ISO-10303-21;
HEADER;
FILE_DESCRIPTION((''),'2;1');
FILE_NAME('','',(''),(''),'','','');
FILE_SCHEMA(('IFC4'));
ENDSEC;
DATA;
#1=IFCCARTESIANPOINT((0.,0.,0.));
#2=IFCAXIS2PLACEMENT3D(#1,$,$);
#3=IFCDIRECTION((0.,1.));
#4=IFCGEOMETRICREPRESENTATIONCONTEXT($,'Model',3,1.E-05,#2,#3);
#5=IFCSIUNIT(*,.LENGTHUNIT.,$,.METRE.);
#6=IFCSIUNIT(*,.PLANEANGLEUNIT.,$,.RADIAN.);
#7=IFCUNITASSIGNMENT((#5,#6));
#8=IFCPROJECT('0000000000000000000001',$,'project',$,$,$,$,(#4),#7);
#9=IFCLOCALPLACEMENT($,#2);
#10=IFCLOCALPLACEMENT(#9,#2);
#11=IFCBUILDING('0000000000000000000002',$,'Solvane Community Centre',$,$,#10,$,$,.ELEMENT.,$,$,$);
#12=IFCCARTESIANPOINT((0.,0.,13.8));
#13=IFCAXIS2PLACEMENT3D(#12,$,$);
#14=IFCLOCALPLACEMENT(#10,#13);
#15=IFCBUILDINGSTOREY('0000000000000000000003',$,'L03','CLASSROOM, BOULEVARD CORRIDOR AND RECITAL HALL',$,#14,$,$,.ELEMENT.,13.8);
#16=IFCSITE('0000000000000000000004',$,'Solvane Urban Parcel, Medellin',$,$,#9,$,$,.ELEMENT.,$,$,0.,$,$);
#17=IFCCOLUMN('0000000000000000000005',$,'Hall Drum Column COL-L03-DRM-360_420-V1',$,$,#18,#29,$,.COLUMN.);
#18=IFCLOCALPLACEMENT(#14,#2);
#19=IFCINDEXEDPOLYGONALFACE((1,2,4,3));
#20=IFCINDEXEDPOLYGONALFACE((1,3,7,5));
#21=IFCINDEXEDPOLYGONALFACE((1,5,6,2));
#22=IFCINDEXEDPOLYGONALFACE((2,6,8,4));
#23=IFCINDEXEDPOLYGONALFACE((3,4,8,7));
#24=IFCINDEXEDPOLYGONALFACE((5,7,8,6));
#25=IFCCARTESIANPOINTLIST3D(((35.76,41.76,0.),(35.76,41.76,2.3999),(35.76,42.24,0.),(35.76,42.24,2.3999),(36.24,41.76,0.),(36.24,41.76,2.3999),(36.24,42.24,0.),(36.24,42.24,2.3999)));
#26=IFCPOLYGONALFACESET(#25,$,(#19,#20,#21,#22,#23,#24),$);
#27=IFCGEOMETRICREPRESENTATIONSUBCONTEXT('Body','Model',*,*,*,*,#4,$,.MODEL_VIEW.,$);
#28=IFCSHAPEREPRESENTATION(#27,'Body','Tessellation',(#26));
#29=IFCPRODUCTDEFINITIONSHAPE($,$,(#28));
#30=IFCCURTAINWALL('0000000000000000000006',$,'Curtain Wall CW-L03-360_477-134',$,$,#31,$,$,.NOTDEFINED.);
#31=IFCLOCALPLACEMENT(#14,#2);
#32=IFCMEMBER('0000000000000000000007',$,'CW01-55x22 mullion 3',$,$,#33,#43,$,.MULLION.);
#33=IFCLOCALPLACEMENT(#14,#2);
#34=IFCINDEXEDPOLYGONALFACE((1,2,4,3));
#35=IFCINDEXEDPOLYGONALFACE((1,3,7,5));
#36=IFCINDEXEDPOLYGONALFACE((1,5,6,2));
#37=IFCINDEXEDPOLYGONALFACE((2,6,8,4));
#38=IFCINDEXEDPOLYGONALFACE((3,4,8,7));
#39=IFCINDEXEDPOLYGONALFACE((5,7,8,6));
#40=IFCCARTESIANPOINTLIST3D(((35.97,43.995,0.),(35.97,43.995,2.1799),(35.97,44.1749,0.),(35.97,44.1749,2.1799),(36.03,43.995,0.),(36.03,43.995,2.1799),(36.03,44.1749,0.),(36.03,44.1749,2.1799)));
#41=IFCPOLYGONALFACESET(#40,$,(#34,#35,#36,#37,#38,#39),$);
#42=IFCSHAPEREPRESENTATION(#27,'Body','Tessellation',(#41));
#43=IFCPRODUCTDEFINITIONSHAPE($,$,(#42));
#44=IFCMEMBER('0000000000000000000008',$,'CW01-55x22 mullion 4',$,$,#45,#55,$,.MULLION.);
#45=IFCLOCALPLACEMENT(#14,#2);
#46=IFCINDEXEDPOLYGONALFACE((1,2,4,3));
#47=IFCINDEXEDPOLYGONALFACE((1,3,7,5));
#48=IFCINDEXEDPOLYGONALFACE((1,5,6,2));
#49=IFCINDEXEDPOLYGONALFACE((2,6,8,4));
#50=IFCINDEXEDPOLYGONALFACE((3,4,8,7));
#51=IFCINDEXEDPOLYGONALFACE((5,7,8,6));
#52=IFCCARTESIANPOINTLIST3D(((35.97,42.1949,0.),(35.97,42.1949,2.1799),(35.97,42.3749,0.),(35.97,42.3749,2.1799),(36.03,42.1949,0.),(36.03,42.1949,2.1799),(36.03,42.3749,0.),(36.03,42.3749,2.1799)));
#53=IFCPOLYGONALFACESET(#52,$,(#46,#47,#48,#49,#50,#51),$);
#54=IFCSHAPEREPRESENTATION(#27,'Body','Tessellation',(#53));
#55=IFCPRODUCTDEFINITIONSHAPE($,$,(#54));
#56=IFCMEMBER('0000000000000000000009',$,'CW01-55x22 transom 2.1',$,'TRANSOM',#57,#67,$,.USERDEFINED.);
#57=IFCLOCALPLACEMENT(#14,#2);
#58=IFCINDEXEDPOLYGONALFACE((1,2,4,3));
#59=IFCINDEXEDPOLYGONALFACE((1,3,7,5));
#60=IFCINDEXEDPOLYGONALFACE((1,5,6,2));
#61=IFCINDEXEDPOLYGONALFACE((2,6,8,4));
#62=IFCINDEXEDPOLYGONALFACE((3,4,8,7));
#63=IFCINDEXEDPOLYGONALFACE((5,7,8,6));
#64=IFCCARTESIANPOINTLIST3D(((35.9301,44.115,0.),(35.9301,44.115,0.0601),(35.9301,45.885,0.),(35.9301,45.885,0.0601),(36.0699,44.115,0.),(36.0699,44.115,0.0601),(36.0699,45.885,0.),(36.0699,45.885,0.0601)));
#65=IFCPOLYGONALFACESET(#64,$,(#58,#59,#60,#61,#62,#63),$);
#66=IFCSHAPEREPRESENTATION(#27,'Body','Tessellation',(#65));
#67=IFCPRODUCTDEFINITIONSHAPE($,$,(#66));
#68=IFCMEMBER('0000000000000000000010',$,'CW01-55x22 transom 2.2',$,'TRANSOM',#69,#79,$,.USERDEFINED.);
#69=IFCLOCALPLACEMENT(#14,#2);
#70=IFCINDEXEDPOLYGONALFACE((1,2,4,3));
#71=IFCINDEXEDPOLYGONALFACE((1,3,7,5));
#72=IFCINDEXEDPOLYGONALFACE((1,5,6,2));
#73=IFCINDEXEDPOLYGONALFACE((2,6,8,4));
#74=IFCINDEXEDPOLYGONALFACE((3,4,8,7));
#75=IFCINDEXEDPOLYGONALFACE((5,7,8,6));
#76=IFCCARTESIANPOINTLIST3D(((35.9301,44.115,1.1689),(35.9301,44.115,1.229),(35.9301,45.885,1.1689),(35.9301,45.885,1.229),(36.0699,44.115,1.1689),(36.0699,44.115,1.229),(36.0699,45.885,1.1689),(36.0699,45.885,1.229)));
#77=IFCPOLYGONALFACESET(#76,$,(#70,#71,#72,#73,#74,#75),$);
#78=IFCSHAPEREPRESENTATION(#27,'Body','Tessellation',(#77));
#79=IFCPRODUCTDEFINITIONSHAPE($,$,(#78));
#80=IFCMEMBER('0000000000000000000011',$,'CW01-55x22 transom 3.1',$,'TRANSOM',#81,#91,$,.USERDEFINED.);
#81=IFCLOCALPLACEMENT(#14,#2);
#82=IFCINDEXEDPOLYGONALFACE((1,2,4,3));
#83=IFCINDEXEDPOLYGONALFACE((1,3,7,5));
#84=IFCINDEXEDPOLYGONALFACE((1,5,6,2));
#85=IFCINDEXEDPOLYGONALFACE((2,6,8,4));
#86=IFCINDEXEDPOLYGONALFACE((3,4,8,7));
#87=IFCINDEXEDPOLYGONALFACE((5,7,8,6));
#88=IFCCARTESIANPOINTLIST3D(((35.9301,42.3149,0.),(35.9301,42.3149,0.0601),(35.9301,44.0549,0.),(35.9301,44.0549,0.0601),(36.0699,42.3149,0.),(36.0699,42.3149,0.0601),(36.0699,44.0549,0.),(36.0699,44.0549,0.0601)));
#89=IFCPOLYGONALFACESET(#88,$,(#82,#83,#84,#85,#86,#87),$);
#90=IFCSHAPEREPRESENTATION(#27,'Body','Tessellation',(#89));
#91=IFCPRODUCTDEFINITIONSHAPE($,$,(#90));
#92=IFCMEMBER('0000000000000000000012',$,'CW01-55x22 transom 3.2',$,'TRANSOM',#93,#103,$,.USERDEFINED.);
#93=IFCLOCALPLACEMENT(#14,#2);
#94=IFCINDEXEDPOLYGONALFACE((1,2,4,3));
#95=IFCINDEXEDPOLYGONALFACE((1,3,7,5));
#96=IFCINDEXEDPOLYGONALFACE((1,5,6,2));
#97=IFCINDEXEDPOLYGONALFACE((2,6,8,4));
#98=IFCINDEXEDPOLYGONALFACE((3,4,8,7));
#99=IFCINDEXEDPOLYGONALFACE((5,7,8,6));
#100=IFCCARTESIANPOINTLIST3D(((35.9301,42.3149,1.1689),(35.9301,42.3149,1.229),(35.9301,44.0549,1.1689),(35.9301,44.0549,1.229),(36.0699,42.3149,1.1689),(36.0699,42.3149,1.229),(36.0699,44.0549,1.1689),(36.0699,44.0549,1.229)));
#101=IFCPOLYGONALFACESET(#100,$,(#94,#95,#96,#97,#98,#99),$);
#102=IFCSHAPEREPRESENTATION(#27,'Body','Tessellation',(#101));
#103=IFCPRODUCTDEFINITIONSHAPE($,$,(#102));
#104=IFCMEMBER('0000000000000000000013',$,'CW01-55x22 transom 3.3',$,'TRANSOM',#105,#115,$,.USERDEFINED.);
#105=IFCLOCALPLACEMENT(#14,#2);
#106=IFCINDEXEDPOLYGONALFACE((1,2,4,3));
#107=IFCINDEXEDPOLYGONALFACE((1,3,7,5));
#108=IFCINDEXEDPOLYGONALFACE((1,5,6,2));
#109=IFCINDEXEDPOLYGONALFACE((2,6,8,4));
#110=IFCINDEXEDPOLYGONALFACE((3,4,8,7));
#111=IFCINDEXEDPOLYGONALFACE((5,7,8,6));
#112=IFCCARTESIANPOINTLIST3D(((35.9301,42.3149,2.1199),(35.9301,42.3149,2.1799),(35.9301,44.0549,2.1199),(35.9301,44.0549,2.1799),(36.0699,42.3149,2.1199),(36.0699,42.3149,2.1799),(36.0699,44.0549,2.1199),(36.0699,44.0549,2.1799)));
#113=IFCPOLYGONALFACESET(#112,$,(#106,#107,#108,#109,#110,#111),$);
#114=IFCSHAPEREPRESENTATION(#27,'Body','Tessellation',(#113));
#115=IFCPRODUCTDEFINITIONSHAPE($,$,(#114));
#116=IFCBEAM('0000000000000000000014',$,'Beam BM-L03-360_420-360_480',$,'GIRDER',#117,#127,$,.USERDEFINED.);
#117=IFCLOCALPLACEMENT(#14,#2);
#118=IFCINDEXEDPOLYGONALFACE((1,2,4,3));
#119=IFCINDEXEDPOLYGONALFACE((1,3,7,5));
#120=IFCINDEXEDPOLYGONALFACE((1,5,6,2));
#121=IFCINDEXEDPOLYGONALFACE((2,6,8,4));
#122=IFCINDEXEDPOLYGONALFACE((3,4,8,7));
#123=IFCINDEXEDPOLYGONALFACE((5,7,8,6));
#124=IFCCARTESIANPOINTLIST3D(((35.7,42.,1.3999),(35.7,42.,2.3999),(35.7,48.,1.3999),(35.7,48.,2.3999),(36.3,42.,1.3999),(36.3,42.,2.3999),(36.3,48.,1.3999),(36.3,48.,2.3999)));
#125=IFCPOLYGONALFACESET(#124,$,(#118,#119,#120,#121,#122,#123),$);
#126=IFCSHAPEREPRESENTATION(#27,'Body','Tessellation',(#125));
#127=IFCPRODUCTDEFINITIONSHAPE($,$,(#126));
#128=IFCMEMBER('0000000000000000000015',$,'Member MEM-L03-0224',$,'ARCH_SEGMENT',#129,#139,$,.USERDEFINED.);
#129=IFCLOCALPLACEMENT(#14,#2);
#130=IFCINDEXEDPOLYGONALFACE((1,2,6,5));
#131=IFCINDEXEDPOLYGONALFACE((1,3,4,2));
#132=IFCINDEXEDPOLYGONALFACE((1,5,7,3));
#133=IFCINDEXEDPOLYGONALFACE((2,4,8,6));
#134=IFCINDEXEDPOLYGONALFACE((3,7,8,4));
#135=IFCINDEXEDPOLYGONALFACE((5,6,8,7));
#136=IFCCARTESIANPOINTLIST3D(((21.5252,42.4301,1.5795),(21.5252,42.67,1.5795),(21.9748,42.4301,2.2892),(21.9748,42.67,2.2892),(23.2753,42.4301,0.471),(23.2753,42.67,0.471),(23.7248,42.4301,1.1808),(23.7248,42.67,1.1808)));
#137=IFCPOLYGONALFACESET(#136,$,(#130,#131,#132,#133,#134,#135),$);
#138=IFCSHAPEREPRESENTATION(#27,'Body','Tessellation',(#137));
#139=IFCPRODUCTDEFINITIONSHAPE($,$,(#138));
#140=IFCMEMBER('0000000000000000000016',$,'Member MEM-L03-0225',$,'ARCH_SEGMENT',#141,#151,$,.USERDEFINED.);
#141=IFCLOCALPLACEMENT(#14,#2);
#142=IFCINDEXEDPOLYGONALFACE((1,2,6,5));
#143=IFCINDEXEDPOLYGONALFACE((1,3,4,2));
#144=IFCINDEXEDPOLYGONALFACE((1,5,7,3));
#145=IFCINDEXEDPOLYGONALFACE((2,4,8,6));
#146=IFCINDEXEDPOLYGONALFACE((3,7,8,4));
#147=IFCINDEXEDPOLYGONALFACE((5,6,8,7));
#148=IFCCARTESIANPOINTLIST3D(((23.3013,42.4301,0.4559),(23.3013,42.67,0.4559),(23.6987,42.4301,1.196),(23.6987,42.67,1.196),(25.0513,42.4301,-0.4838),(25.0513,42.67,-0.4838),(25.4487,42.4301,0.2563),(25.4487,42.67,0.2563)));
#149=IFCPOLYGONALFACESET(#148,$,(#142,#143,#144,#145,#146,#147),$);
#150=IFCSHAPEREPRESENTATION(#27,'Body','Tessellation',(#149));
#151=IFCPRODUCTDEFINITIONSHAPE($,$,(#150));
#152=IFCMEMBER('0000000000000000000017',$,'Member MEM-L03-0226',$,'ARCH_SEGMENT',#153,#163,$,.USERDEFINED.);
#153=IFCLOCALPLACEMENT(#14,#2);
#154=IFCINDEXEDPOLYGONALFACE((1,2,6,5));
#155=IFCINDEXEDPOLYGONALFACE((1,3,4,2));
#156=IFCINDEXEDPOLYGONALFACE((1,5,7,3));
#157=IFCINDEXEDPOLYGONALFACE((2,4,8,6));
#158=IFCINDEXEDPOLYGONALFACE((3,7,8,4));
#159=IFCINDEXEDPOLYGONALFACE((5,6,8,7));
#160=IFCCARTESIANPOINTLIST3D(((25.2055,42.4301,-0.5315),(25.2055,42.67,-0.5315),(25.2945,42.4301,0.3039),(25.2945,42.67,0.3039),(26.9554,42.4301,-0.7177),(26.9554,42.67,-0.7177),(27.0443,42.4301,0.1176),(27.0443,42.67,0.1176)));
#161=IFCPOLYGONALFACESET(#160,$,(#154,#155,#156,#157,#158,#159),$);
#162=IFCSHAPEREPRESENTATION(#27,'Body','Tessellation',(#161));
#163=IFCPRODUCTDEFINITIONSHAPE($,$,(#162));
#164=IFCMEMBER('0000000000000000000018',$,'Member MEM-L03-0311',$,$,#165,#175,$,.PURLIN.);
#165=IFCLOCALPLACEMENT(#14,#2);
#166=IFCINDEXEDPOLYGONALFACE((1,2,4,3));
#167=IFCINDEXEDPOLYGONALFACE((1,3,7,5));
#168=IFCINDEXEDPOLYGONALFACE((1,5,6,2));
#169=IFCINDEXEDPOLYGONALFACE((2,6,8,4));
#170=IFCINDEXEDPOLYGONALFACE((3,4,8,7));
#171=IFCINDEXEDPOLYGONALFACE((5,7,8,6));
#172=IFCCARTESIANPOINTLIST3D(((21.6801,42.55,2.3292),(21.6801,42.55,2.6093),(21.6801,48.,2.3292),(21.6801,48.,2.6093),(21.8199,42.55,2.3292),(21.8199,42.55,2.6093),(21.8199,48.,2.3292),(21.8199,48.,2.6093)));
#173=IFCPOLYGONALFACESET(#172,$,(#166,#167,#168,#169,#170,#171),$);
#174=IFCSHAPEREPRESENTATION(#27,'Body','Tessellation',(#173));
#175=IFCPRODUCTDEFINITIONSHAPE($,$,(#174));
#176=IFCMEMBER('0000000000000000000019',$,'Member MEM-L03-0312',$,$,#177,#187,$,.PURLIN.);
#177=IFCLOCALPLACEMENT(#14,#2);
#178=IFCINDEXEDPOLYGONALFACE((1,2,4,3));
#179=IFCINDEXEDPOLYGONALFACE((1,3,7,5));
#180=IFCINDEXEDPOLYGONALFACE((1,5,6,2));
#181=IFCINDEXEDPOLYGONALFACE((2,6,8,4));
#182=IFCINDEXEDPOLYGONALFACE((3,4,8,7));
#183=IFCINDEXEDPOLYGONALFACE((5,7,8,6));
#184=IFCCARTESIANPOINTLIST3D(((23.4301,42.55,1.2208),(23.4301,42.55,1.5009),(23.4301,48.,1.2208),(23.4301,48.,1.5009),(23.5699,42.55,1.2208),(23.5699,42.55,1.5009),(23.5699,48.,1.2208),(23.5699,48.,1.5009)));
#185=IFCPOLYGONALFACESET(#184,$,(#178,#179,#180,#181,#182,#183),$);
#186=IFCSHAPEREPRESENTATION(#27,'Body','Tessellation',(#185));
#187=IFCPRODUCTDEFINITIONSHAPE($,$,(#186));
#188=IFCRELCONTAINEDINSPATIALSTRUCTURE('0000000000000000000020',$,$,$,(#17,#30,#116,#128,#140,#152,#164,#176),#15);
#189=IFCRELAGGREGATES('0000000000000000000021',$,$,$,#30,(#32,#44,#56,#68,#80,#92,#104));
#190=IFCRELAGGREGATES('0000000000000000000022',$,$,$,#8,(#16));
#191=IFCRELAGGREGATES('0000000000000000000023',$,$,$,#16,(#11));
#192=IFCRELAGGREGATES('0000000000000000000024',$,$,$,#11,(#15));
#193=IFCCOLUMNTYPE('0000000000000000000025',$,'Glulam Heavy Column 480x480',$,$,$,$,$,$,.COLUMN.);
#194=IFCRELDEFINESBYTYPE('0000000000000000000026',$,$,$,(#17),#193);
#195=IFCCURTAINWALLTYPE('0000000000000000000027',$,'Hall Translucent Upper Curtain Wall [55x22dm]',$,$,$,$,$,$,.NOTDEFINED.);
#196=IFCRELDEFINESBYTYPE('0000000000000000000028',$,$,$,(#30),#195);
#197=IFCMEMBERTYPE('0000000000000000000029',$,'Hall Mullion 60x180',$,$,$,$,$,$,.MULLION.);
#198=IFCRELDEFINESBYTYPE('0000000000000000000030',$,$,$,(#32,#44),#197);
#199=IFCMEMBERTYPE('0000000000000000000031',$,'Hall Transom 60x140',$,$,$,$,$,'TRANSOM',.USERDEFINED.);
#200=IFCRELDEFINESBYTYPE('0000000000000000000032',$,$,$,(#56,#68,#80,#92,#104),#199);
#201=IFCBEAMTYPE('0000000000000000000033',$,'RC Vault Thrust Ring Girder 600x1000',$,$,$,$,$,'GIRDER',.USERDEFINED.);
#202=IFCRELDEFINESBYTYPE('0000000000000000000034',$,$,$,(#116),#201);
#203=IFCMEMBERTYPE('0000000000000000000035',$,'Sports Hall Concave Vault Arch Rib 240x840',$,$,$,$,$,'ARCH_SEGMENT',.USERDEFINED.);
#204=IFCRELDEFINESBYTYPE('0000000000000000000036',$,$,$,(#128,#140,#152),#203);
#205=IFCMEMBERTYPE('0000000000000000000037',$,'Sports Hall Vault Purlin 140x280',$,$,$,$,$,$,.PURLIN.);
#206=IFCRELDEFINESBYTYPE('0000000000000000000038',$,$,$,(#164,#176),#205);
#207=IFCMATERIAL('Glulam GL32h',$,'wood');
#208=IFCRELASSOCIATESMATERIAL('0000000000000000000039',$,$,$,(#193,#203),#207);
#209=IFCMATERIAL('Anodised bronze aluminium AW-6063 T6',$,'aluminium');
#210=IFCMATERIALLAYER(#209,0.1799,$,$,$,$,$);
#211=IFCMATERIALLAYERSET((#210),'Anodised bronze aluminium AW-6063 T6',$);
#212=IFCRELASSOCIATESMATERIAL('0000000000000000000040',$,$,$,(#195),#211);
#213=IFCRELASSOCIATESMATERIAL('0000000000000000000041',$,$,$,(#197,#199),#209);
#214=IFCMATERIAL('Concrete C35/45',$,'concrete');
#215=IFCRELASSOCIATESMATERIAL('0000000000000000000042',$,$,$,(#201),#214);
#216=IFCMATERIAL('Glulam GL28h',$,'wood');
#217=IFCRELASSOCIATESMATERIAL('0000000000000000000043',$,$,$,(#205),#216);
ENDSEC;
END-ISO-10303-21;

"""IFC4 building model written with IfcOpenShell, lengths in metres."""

from ifc_helpers import new_model, si_unit, direction, frame, origin, origin_2d, place, context, subcontext, project, spatial, rectangle, extrude, material, layer, layer_set, material_profile, profile_set, type_object, element, aggregate, save


model = new_model("IFC4")

# Units and contexts
model_context = context("Model", 3, precision=1e-05, world=origin(), true_north=direction((0.0, 1.0)))
body_context = subcontext(model_context, "Body", "Model", "MODEL_VIEW")
ifc_project = project(units=[si_unit("LENGTHUNIT", "METRE"), si_unit("PLANEANGLEUNIT", "RADIAN")], contexts=[model_context])

# Site, building, storey
site_placement = place(None, origin())
site = spatial("IfcSite", under=ifc_project, at=site_placement, Name="Solvane Urban Parcel, Medellin", CompositionType="ELEMENT", RefElevation=0.0)
building_placement = place(site_placement, origin())
building = spatial("IfcBuilding", under=site, at=building_placement, Name="Solvane Community Centre", CompositionType="ELEMENT")
storey_placement = place(building_placement, frame((0.0, 0.0, 13.8)))
storey = spatial("IfcBuildingStorey", under=building, at=storey_placement, Name="L03", Description="CLASSROOM, BOULEVARD CORRIDOR AND RECITAL HALL", CompositionType="ELEMENT", Elevation=13.8)

# Column
ifc_material_1 = material(Name="Glulam GL32h", Category="wood")
ifc_material_profile_1 = material_profile(ifc_material_1, rectangle(XDim=0.48, YDim=0.48, at=origin_2d()), Name="GL32h 480x480")
ifc_profile_set_1 = profile_set([ifc_material_profile_1], Name="Glulam GL32h")
column_type = type_object("IfcColumnType", Name="Glulam Heavy Column 480x480", PredefinedType="COLUMN", material=ifc_profile_set_1)
column_placement = place(storey_placement, frame((36.0, 42.0, 0.0), z_axis=(0.0, 0.0, 1.0), x_axis=(1.0, 0.0, 0.0)))
element("IfcColumn", 1, at=column_placement, inside=storey, type_object=column_type, Name="Hall Drum Column COL-L03-DRM-360_420-V1", PredefinedType="COLUMN", context=body_context, shape_type="SweptSolid", body=[
    extrude(rectangle(XDim=0.48, YDim=0.48, at=origin_2d()), origin(), (0.0, 0.0, 1.0), 2.3999),
])

# Curtain wall, members
ifc_material_2 = material(Name="Anodised bronze aluminium AW-6063 T6", Category="aluminium")
ifc_layer_1 = layer(ifc_material_2, 0.1799)
ifc_layer_set_1 = layer_set([ifc_layer_1], Name="Anodised bronze aluminium AW-6063 T6")
curtain_wall_type = type_object("IfcCurtainWallType", Name="Hall Translucent Upper Curtain Wall [55x22dm]", PredefinedType="NOTDEFINED", material=ifc_layer_set_1)
curtain_wall_placement = place(storey_placement, origin())
curtain_wall = element("IfcCurtainWall", 2, at=curtain_wall_placement, inside=storey, type_object=curtain_wall_type, Name="Curtain Wall CW-L03-360_477-134", PredefinedType="NOTDEFINED")
ifc_material_profile_2 = material_profile(ifc_material_2, rectangle(XDim=0.0601, YDim=0.1799, at=origin_2d()), Name="CW-M 60x180")
ifc_profile_set_2 = profile_set([ifc_material_profile_2], Name="Anodised bronze aluminium AW-6063 T6")
member_type_1 = type_object("IfcMemberType", Name="Hall Mullion 60x180", PredefinedType="MULLION", material=ifc_profile_set_2)
member_1_placement = place(storey_placement, frame((36.0, 44.085, 0.0), z_axis=(0.0, 0.0, 1.0), x_axis=(1.0, 0.0, 0.0)))
member_1 = element("IfcMember", 3, at=member_1_placement, type_object=member_type_1, Name="CW01-55x22 mullion 3", PredefinedType="MULLION", context=body_context, shape_type="SweptSolid", body=[
    extrude(rectangle(XDim=0.0601, YDim=0.1799, at=origin_2d()), origin(), (0.0, 0.0, 1.0), 2.1799),
])
member_2_placement = place(storey_placement, frame((36.0, 42.2849, 0.0), z_axis=(0.0, 0.0, 1.0), x_axis=(1.0, 0.0, 0.0)))
member_2 = element("IfcMember", 4, at=member_2_placement, type_object=member_type_1, Name="CW01-55x22 mullion 4", PredefinedType="MULLION", context=body_context, shape_type="SweptSolid", body=[
    extrude(rectangle(XDim=0.0601, YDim=0.1799, at=origin_2d()), origin(), (0.0, 0.0, 1.0), 2.1799),
])
ifc_material_profile_3 = material_profile(ifc_material_2, rectangle(XDim=0.1399, YDim=0.0601, at=origin_2d()), Name="CW-T 60x140")
ifc_profile_set_3 = profile_set([ifc_material_profile_3], Name="Anodised bronze aluminium AW-6063 T6")
member_type_2 = type_object("IfcMemberType", Name="Hall Transom 60x140", ElementType="TRANSOM", PredefinedType="USERDEFINED", material=ifc_profile_set_3)
member_3_placement = place(storey_placement, frame((36.0, 45.885, 0.03), z_axis=(0.0, -1.0, 0.0), x_axis=(1.0, 0.0, 0.0)))
member_3 = element("IfcMember", 5, at=member_3_placement, type_object=member_type_2, Name="CW01-55x22 transom 2.1", ObjectType="TRANSOM", PredefinedType="USERDEFINED", context=body_context, shape_type="SweptSolid", body=[
    extrude(rectangle(XDim=0.1399, YDim=0.0601, at=origin_2d()), origin(), (0.0, 0.0, 1.0), 1.77),
])
member_4_placement = place(storey_placement, frame((36.0, 45.885, 1.199), z_axis=(0.0, -1.0, 0.0), x_axis=(1.0, 0.0, 0.0)))
member_4 = element("IfcMember", 6, at=member_4_placement, type_object=member_type_2, Name="CW01-55x22 transom 2.2", ObjectType="TRANSOM", PredefinedType="USERDEFINED", context=body_context, shape_type="SweptSolid", body=[
    extrude(rectangle(XDim=0.1399, YDim=0.0601, at=origin_2d()), origin(), (0.0, 0.0, 1.0), 1.77),
])
member_5_placement = place(storey_placement, frame((36.0, 44.0549, 0.03), z_axis=(0.0, -1.0, 0.0), x_axis=(1.0, 0.0, 0.0)))
member_5 = element("IfcMember", 7, at=member_5_placement, type_object=member_type_2, Name="CW01-55x22 transom 3.1", ObjectType="TRANSOM", PredefinedType="USERDEFINED", context=body_context, shape_type="SweptSolid", body=[
    extrude(rectangle(XDim=0.1399, YDim=0.0601, at=origin_2d()), origin(), (0.0, 0.0, 1.0), 1.74),
])
member_6_placement = place(storey_placement, frame((36.0, 44.0549, 1.199), z_axis=(0.0, -1.0, 0.0), x_axis=(1.0, 0.0, 0.0)))
member_6 = element("IfcMember", 8, at=member_6_placement, type_object=member_type_2, Name="CW01-55x22 transom 3.2", ObjectType="TRANSOM", PredefinedType="USERDEFINED", context=body_context, shape_type="SweptSolid", body=[
    extrude(rectangle(XDim=0.1399, YDim=0.0601, at=origin_2d()), origin(), (0.0, 0.0, 1.0), 1.74),
])
member_7_placement = place(storey_placement, frame((36.0, 44.0549, 2.1499), z_axis=(0.0, -1.0, 0.0), x_axis=(1.0, 0.0, 0.0)))
member_7 = element("IfcMember", 9, at=member_7_placement, type_object=member_type_2, Name="CW01-55x22 transom 3.3", ObjectType="TRANSOM", PredefinedType="USERDEFINED", context=body_context, shape_type="SweptSolid", body=[
    extrude(rectangle(XDim=0.1399, YDim=0.0601, at=origin_2d()), origin(), (0.0, 0.0, 1.0), 1.74),
])

# Beam
ifc_material_3 = material(Name="Concrete C35/45", Category="concrete")
ifc_material_profile_4 = material_profile(ifc_material_3, rectangle(XDim=0.6001, YDim=1.0, at=origin_2d()), Name="RC 600x1000")
ifc_profile_set_4 = profile_set([ifc_material_profile_4], Name="Concrete C35/45")
beam_type = type_object("IfcBeamType", Name="RC Vault Thrust Ring Girder 600x1000", ElementType="GIRDER", PredefinedType="USERDEFINED", material=ifc_profile_set_4)
beam_placement = place(storey_placement, frame((36.0, 42.0, 1.8999), z_axis=(0.0, 1.0, 0.0), x_axis=(-1.0, 0.0, 0.0)))
element("IfcBeam", 10, at=beam_placement, inside=storey, type_object=beam_type, Name="Beam BM-L03-360_420-360_480", ObjectType="GIRDER", PredefinedType="USERDEFINED", context=body_context, shape_type="SweptSolid", body=[
    extrude(rectangle(XDim=0.6001, YDim=1.0, at=origin_2d()), origin(), (0.0, 0.0, 1.0), 6.0),
])

# Members
ifc_material_profile_5 = material_profile(ifc_material_1, rectangle(XDim=0.24, YDim=0.8401, at=origin_2d()), Name="GL32h 240x840")
ifc_profile_set_5 = profile_set([ifc_material_profile_5], Name="Glulam GL32h")
member_type_3 = type_object("IfcMemberType", Name="Sports Hall Concave Vault Arch Rib 240x840", ElementType="ARCH_SEGMENT", PredefinedType="USERDEFINED", material=ifc_profile_set_5)
member_8_placement = place(storey_placement, frame((21.75, 42.55, 1.9343), z_axis=(0.844805, 0.0, -0.535075), x_axis=(0.0, 1.0, 0.0)))
element("IfcMember", 11, at=member_8_placement, inside=storey, type_object=member_type_3, Name="Member MEM-L03-0224", ObjectType="ARCH_SEGMENT", PredefinedType="USERDEFINED", context=body_context, shape_type="SweptSolid", body=[
    extrude(rectangle(XDim=0.24, YDim=0.8401, at=origin_2d()), origin(), (0.0, 0.0, 1.0), 2.0715),
])
member_9_placement = place(storey_placement, frame((23.5, 42.55, 0.8259), z_axis=(0.881019, 0.0, -0.473081), x_axis=(0.0, 1.0, 0.0)))
element("IfcMember", 12, at=member_9_placement, inside=storey, type_object=member_type_3, Name="Member MEM-L03-0225", ObjectType="ARCH_SEGMENT", PredefinedType="USERDEFINED", context=body_context, shape_type="SweptSolid", body=[
    extrude(rectangle(XDim=0.24, YDim=0.8401, at=origin_2d()), origin(), (0.0, 0.0, 1.0), 1.9863),
])
member_10_placement = place(storey_placement, frame((25.25, 42.55, -0.1138), z_axis=(0.994382, 0.0, -0.105847), x_axis=(0.0, 1.0, 0.0)))
element("IfcMember", 13, at=member_10_placement, inside=storey, type_object=member_type_3, Name="Member MEM-L03-0226", ObjectType="ARCH_SEGMENT", PredefinedType="USERDEFINED", context=body_context, shape_type="SweptSolid", body=[
    extrude(rectangle(XDim=0.24, YDim=0.8401, at=origin_2d()), origin(), (0.0, 0.0, 1.0), 1.7598),
])
ifc_material_4 = material(Name="Glulam GL28h", Category="wood")
ifc_material_profile_6 = material_profile(ifc_material_4, rectangle(XDim=0.1399, YDim=0.28, at=origin_2d()), Name="GL28h 140x280")
ifc_profile_set_6 = profile_set([ifc_material_profile_6], Name="Glulam GL28h")
member_type_4 = type_object("IfcMemberType", Name="Sports Hall Vault Purlin 140x280", PredefinedType="PURLIN", material=ifc_profile_set_6)
for number, where, z_axis, x_axis, name in (
    (14, (21.75, 42.55, 2.4692), (0.0, 1.0, 0.0), (-1.0, 0.0, 0.0), "Member MEM-L03-0311"),
    (15, (23.5, 42.55, 1.3608), (0.0, 1.0, 0.0), (-1.0, 0.0, 0.0), "Member MEM-L03-0312"),
):
    element("IfcMember", number, at=place(storey_placement, frame(where, z_axis=z_axis, x_axis=x_axis)), inside=storey, type_object=member_type_4, Name=name, PredefinedType="PURLIN", context=body_context, shape_type="SweptSolid", body=[
        extrude(rectangle(XDim=0.1399, YDim=0.28, at=origin_2d()), origin(), (0.0, 0.0, 1.0), 5.45),
    ])

aggregate(curtain_wall, [member_1, member_2, member_3, member_4, member_5, member_6, member_7])

save(model, "model.ifc")
